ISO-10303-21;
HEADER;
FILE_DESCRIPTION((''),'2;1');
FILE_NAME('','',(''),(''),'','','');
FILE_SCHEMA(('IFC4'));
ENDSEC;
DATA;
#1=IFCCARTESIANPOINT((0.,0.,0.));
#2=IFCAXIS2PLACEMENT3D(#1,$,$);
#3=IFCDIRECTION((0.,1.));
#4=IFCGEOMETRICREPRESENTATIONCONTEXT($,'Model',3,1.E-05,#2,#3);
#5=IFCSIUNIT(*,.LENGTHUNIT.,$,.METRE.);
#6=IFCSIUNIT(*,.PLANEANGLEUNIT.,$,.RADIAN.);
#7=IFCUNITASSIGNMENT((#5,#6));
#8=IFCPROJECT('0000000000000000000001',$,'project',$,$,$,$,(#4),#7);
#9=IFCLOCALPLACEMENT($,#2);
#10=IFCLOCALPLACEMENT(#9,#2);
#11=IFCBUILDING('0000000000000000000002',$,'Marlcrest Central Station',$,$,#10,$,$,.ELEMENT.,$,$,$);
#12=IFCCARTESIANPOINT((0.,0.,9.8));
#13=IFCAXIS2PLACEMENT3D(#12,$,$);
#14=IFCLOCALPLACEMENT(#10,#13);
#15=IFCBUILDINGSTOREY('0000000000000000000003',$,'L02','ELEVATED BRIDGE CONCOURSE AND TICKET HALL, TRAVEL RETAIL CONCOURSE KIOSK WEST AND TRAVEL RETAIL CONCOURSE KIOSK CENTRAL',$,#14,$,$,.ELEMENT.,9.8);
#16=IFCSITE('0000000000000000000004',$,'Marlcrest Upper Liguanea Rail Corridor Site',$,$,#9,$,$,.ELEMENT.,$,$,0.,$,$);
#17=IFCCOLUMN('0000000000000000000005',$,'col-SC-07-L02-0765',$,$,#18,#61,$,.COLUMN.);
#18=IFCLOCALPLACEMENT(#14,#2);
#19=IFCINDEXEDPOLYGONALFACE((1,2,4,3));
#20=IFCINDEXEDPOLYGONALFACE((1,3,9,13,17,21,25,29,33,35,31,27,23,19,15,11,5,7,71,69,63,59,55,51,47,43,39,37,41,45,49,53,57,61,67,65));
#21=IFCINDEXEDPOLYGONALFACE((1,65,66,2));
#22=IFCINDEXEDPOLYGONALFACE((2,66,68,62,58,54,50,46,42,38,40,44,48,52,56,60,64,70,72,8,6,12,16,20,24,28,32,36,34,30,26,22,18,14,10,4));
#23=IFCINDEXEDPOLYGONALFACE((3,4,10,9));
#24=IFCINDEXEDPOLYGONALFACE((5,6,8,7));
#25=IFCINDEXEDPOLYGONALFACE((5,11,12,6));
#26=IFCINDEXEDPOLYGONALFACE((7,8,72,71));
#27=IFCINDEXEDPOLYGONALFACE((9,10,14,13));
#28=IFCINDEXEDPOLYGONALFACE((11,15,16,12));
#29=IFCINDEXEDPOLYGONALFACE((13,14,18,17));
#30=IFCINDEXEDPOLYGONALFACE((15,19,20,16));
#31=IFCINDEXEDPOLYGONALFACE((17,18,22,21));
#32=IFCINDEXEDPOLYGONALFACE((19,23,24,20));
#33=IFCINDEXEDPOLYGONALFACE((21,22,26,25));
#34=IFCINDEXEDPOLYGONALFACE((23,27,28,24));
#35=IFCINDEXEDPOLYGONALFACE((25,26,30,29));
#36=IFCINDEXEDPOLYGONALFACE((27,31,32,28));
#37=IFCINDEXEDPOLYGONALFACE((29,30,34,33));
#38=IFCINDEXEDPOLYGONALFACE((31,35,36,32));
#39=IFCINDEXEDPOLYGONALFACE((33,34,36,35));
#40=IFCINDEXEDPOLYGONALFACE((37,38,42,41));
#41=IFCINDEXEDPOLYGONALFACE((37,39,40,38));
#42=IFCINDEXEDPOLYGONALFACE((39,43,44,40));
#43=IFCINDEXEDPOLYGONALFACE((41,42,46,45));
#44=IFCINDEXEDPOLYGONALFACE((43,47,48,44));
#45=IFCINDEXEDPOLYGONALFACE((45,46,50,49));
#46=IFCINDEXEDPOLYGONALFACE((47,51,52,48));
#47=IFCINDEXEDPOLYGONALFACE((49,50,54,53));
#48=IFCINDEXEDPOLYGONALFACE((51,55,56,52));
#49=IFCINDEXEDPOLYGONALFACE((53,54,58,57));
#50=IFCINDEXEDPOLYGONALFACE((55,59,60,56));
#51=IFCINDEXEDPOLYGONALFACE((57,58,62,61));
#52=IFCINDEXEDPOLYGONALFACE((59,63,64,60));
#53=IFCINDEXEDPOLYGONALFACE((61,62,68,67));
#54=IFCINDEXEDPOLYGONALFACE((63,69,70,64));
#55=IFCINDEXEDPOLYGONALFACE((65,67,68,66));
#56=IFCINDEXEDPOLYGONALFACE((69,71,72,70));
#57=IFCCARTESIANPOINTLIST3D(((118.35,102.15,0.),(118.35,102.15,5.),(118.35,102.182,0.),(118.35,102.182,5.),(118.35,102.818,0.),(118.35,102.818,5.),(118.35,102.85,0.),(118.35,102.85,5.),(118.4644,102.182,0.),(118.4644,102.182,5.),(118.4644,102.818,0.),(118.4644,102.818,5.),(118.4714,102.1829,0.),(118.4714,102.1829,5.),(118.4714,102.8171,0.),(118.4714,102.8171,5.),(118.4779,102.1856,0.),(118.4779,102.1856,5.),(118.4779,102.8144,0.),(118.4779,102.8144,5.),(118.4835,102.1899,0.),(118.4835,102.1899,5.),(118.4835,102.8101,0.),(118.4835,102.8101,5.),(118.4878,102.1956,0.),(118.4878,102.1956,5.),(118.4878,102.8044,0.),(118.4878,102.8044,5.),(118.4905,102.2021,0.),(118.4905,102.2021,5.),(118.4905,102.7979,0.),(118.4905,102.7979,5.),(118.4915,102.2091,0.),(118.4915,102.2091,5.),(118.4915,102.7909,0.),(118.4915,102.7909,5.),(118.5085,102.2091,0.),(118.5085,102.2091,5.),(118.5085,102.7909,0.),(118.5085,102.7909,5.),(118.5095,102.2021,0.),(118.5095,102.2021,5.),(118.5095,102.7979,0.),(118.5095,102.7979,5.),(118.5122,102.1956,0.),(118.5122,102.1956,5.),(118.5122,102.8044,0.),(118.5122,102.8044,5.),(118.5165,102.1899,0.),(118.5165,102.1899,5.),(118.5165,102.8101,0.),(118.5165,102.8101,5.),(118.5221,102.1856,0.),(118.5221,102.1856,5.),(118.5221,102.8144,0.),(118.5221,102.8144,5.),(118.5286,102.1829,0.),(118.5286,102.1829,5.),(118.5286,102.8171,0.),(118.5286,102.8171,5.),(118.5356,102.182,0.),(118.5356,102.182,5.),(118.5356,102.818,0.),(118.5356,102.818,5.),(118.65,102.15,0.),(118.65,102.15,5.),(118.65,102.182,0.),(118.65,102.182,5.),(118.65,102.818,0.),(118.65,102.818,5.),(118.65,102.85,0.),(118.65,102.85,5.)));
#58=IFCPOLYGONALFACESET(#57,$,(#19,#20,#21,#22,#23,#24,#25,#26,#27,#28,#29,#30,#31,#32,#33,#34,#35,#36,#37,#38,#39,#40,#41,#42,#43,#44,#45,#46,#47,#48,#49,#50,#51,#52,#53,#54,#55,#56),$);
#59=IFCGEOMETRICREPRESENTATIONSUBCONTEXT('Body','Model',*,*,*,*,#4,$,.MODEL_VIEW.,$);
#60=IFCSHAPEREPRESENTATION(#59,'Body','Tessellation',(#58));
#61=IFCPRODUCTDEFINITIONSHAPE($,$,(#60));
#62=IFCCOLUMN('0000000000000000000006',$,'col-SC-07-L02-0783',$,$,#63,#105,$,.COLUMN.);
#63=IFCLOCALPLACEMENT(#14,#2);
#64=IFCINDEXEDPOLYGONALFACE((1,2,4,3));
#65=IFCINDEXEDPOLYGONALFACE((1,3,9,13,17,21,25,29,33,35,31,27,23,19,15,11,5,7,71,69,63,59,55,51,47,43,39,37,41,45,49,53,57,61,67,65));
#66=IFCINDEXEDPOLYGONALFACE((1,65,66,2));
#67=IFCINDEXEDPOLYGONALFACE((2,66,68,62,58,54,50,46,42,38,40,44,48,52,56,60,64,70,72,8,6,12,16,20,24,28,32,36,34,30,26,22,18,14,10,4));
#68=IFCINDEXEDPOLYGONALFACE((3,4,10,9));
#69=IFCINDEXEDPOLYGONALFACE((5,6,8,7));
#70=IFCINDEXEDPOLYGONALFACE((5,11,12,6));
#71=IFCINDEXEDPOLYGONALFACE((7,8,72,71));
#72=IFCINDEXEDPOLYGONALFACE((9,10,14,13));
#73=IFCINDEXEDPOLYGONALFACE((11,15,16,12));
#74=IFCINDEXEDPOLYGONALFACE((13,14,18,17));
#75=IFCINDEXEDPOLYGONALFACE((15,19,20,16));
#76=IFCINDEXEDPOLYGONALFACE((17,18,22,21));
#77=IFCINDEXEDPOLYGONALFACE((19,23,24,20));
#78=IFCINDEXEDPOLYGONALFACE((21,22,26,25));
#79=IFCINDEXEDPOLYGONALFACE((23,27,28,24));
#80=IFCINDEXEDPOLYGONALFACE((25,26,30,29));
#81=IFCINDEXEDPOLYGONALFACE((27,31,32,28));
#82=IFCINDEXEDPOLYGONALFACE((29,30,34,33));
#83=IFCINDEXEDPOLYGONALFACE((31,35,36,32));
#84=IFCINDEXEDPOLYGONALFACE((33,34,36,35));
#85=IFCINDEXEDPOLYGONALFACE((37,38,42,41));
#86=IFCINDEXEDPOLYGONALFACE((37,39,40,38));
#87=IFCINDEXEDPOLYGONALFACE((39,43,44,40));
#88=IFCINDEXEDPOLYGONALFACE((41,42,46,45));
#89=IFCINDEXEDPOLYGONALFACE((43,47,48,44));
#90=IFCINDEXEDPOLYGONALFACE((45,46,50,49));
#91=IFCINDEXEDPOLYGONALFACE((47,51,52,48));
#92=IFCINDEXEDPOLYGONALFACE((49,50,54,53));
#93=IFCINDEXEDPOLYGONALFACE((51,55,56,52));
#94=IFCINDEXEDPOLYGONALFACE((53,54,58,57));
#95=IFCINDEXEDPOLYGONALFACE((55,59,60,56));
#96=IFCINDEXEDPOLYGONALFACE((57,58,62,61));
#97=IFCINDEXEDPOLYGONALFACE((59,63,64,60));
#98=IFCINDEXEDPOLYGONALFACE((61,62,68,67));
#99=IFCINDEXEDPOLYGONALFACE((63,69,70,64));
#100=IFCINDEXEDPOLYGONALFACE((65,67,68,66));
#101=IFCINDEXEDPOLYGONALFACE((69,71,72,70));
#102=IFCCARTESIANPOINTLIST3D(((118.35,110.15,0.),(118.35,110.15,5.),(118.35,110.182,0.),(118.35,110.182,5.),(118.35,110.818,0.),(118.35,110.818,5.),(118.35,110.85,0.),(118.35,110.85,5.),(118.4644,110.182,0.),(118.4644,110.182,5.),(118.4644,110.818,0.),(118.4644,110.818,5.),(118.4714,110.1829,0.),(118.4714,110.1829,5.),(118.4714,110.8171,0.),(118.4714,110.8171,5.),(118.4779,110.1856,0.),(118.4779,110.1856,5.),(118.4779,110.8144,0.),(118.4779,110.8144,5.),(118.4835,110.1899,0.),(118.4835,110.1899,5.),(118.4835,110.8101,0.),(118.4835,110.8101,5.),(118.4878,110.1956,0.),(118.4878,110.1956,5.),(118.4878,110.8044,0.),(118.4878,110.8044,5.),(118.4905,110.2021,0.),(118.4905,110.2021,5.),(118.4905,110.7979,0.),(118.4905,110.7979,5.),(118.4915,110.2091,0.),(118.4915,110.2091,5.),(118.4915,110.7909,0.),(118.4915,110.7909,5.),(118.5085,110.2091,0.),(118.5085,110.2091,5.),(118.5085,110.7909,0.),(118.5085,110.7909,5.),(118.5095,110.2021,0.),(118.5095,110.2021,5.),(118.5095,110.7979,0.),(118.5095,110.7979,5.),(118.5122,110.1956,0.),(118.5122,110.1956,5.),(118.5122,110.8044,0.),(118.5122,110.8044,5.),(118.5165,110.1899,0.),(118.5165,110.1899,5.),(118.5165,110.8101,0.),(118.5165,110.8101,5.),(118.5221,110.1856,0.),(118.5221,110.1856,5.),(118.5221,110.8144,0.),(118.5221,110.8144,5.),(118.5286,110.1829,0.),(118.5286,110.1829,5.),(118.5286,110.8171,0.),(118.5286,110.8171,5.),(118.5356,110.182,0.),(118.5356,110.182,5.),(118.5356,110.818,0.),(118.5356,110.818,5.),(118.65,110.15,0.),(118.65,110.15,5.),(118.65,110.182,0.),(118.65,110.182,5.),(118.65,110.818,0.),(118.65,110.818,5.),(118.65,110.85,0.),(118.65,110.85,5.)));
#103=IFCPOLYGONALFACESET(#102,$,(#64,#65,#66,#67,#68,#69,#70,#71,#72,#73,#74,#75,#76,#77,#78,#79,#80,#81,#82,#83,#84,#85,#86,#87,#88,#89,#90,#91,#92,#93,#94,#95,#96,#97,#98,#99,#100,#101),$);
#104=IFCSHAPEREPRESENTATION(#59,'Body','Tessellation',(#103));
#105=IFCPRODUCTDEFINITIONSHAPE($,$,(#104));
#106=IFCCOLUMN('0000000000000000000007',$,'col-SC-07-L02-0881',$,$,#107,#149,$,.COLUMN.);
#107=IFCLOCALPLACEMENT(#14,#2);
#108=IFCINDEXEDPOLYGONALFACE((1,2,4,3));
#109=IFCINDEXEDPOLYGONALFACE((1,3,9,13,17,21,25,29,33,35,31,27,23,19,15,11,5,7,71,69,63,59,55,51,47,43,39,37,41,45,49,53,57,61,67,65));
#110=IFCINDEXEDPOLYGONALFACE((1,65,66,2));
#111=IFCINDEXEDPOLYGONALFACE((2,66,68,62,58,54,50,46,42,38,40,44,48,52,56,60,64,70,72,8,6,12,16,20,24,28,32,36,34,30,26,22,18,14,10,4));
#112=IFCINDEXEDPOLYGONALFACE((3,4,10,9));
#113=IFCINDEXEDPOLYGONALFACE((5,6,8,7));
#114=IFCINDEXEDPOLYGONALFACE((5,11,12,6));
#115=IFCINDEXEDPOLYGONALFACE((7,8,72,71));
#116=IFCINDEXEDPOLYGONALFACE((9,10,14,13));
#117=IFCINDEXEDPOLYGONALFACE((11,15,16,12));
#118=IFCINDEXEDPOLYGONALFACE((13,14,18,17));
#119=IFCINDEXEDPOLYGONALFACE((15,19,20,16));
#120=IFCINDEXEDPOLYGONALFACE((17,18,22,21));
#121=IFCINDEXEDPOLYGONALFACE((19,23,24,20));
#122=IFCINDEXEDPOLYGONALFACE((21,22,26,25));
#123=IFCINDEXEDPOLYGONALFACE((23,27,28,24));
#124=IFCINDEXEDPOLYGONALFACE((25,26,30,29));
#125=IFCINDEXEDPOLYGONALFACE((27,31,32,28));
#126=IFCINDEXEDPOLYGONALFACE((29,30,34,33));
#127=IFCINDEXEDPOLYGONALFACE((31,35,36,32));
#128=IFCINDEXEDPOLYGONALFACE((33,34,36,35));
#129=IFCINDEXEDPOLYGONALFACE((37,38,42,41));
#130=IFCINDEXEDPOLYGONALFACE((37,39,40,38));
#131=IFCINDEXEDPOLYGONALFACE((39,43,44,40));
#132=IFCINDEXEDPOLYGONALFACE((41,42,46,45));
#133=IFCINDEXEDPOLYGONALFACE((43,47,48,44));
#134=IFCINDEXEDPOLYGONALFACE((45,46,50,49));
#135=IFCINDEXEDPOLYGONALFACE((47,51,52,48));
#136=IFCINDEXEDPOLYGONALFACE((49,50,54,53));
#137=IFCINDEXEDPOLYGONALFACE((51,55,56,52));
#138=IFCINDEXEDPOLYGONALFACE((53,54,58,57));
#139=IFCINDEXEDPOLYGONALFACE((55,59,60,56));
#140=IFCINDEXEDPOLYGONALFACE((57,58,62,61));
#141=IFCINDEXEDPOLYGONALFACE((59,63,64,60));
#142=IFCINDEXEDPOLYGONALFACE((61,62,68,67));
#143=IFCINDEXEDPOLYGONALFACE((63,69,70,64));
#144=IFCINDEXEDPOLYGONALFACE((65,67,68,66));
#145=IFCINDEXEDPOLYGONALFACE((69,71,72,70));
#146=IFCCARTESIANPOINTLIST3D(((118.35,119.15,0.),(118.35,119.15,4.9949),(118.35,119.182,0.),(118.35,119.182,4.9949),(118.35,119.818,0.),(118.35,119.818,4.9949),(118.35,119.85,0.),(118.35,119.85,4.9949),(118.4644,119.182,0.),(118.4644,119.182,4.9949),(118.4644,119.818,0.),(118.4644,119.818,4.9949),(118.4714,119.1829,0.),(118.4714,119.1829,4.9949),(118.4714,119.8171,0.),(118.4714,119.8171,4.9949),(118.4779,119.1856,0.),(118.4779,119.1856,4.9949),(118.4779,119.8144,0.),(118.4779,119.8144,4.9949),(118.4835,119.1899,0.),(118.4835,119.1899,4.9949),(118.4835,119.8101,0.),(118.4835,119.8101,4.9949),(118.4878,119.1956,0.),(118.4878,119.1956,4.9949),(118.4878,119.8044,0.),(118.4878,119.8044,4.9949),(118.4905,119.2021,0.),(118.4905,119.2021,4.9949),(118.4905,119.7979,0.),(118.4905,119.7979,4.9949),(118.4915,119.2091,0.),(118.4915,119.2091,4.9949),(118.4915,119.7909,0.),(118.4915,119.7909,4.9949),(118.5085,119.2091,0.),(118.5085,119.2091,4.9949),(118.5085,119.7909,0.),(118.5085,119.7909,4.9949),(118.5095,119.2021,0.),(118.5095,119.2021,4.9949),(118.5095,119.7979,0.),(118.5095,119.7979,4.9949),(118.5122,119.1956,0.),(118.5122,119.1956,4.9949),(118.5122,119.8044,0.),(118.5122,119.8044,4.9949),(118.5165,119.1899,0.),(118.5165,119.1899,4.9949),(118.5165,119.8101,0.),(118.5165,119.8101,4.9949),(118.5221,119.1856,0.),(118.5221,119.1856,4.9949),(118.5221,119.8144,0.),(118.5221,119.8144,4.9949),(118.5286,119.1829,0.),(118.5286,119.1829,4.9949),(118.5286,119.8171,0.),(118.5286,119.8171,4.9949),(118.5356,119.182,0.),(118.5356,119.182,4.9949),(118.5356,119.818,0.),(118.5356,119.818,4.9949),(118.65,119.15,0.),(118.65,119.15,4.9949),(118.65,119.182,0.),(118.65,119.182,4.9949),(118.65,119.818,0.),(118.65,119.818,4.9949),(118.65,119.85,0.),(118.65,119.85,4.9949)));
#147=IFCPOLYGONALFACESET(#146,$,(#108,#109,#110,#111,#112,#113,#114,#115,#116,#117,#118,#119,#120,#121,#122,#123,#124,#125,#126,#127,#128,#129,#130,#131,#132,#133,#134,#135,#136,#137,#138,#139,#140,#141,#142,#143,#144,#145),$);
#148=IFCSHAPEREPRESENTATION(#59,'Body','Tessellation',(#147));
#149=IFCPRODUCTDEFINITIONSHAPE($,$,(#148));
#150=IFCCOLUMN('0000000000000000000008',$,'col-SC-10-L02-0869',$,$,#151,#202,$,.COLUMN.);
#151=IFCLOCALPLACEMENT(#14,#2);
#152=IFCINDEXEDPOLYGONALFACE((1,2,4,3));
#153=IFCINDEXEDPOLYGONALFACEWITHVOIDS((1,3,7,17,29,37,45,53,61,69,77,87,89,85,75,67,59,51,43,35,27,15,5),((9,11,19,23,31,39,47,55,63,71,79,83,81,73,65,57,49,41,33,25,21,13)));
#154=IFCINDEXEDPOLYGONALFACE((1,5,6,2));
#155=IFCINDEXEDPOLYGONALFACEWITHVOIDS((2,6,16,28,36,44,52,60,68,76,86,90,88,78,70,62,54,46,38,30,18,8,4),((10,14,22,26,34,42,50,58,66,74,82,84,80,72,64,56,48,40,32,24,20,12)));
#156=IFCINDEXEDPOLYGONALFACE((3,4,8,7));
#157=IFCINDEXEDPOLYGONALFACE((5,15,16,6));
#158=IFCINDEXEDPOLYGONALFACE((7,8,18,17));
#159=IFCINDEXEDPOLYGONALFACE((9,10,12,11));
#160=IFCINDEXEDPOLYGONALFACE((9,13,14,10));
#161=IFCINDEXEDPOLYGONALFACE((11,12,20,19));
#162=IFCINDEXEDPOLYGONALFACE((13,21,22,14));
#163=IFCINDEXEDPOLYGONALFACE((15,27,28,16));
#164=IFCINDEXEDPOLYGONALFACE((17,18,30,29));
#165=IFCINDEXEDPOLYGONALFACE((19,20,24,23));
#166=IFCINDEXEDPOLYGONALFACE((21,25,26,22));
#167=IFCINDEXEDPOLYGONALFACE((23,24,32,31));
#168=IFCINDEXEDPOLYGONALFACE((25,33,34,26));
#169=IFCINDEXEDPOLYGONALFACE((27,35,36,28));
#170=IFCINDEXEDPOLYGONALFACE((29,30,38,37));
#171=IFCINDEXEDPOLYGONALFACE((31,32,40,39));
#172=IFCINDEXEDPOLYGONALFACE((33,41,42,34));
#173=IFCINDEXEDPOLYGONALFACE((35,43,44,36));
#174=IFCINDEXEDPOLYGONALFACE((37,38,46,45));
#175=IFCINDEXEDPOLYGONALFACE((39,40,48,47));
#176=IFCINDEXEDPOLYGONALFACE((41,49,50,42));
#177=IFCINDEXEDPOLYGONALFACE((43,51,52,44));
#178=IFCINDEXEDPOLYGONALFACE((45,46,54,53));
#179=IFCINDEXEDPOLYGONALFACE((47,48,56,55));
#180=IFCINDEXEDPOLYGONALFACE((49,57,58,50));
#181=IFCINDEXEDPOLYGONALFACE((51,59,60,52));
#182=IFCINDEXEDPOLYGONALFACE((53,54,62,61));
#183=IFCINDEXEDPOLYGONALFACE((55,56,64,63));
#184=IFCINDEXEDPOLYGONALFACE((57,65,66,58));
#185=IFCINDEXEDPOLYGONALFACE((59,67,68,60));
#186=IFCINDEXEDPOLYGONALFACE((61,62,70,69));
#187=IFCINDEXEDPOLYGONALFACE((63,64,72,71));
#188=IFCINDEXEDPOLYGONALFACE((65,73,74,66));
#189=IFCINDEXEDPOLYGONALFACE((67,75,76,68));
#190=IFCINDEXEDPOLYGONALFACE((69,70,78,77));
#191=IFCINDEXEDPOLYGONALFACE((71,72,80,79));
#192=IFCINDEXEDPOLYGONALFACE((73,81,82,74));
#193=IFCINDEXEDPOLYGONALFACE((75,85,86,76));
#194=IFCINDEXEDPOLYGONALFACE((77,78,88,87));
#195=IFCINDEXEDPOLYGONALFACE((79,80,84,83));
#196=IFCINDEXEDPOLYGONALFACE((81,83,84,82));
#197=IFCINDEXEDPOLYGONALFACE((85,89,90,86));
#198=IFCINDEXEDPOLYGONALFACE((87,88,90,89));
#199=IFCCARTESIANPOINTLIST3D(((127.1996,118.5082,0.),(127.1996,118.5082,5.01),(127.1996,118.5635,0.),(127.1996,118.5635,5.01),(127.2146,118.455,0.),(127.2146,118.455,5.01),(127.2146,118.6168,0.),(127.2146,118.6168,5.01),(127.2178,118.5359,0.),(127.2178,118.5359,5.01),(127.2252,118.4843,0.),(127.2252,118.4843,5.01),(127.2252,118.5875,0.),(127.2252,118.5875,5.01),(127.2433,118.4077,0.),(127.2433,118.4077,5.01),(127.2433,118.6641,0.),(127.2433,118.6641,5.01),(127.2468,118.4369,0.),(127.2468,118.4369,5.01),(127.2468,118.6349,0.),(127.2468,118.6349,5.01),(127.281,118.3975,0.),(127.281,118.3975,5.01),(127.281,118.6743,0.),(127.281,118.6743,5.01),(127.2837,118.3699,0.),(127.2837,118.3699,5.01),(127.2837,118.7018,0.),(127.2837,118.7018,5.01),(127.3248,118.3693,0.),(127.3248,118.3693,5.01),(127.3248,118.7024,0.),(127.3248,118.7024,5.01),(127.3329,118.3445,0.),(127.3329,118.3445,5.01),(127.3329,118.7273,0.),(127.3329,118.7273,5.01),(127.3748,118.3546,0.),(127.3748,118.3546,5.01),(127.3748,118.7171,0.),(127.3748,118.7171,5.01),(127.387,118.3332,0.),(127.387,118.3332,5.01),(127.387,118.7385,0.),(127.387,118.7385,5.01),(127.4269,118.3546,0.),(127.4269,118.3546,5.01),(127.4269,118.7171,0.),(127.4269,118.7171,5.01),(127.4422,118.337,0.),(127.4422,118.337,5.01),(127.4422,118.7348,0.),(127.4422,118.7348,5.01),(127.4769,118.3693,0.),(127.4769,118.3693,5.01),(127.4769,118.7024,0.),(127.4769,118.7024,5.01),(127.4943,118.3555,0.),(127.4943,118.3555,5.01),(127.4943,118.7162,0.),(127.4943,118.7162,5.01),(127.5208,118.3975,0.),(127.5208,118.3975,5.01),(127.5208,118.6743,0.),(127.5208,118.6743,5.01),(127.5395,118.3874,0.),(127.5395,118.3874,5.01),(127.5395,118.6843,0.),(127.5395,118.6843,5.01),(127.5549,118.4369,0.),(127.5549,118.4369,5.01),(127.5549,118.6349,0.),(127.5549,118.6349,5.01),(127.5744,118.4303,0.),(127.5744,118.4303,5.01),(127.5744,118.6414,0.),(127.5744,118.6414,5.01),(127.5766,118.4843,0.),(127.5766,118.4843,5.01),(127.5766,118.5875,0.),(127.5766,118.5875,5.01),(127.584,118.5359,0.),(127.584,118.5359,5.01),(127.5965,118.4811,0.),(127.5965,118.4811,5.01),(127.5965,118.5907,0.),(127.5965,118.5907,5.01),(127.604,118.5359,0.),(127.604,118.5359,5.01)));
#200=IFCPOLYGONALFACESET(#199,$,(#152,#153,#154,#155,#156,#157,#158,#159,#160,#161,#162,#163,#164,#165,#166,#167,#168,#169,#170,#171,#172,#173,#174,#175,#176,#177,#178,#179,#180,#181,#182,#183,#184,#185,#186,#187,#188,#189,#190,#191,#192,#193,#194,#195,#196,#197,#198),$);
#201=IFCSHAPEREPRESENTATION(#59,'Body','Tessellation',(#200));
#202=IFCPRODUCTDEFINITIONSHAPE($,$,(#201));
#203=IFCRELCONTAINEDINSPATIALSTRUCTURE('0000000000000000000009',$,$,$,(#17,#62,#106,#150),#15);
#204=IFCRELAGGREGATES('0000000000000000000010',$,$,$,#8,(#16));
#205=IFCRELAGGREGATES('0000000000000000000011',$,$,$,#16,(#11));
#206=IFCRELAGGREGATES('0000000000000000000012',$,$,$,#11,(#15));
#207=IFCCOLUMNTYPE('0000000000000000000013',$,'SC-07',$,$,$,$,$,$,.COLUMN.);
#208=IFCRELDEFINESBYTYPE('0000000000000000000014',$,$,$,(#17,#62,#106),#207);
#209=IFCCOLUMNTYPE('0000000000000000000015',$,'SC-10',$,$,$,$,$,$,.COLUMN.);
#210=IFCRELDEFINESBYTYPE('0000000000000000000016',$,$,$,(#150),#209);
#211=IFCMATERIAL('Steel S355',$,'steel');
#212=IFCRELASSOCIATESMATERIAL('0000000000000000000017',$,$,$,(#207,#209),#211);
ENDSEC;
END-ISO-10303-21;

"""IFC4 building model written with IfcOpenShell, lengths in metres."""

from ifc_helpers import new_model, si_unit, direction, frame, origin, origin_2d, place, context, subcontext, project, spatial, hollow_circle, i_section, extrude, material, material_profile, profile_set, type_object, element, save


model = new_model("IFC4")

# Units and contexts
model_context = context("Model", 3, precision=1e-05, world=origin(), true_north=direction((0.0, 1.0)))
body_context = subcontext(model_context, "Body", "Model", "MODEL_VIEW")
ifc_project = project(units=[si_unit("LENGTHUNIT", "METRE"), si_unit("PLANEANGLEUNIT", "RADIAN")], contexts=[model_context])

# Site, building, storey
site_placement = place(None, origin())
site = spatial("IfcSite", under=ifc_project, at=site_placement, Name="Marlcrest Upper Liguanea Rail Corridor Site", CompositionType="ELEMENT", RefElevation=0.0)
building_placement = place(site_placement, origin())
building = spatial("IfcBuilding", under=site, at=building_placement, Name="Marlcrest Central Station", CompositionType="ELEMENT")
storey_placement = place(building_placement, frame((0.0, 0.0, 9.8)))
storey = spatial("IfcBuildingStorey", under=building, at=storey_placement, Name="L02", Description="ELEVATED BRIDGE CONCOURSE AND TICKET HALL, TRAVEL RETAIL CONCOURSE KIOSK WEST AND TRAVEL RETAIL CONCOURSE KIOSK CENTRAL", CompositionType="ELEMENT", Elevation=9.8)

# Columns
ifc_material_1 = material(Name="Steel S355", Category="steel")
ifc_material_profile_1 = material_profile(ifc_material_1, i_section(OverallWidth=0.3, OverallDepth=0.7, WebThickness=0.0171, FlangeThickness=0.032, FilletRadius=0.0271, at=origin_2d()), Name="HEB 700")
ifc_profile_set_1 = profile_set([ifc_material_profile_1], Name="Steel S355")
column_type_1 = type_object("IfcColumnType", Name="SC-07", PredefinedType="COLUMN", material=ifc_profile_set_1)
for number, where, z_axis, x_axis, name in (
    (1, (118.5, 102.5, 0.0), (0.0, 0.0, 1.0), (1.0, 0.0, 0.0), "col-SC-07-L02-0765"),
    (2, (118.5, 110.5, 0.0), (0.0, 0.0, 1.0), (1.0, 0.0, 0.0), "col-SC-07-L02-0783"),
):
    element("IfcColumn", number, at=place(storey_placement, frame(where, z_axis=z_axis, x_axis=x_axis)), inside=storey, type_object=column_type_1, Name=name, PredefinedType="COLUMN", context=body_context, shape_type="SweptSolid", body=[
        extrude(i_section(OverallWidth=0.3, OverallDepth=0.7, WebThickness=0.0171, FlangeThickness=0.032, FilletRadius=0.0271, at=origin_2d()), origin(), (0.0, 0.0, 1.0), 5.0),
    ])
column_1_placement = place(storey_placement, frame((118.5, 119.5, 0.0), z_axis=(0.0, 0.0, 1.0), x_axis=(1.0, 0.0, 0.0)))
element("IfcColumn", 3, at=column_1_placement, inside=storey, type_object=column_type_1, Name="col-SC-07-L02-0881", PredefinedType="COLUMN", context=body_context, shape_type="SweptSolid", body=[
    extrude(i_section(OverallWidth=0.3, OverallDepth=0.7, WebThickness=0.0171, FlangeThickness=0.032, FilletRadius=0.0271, at=origin_2d()), origin(), (0.0, 0.0, 1.0), 4.9949),
])
ifc_material_profile_2 = material_profile(ifc_material_1, hollow_circle(Radius=0.2031, WallThickness=0.02, at=origin_2d()), Name="CHS 406.4x20")
ifc_profile_set_2 = profile_set([ifc_material_profile_2], Name="Steel S355")
column_type_2 = type_object("IfcColumnType", Name="SC-10", PredefinedType="COLUMN", material=ifc_profile_set_2)
column_2_placement = place(storey_placement, frame((127.4009, 118.5359, 0.0), z_axis=(0.0, 0.0, 1.0), x_axis=(1.0, 0.0, 0.0)))
element("IfcColumn", 4, at=column_2_placement, inside=storey, type_object=column_type_2, Name="col-SC-10-L02-0869", PredefinedType="COLUMN", context=body_context, shape_type="SweptSolid", body=[
    extrude(hollow_circle(Radius=0.2031, WallThickness=0.02, at=origin_2d()), origin(), (0.0, 0.0, 1.0), 5.01),
])

save(model, "model.ifc")
